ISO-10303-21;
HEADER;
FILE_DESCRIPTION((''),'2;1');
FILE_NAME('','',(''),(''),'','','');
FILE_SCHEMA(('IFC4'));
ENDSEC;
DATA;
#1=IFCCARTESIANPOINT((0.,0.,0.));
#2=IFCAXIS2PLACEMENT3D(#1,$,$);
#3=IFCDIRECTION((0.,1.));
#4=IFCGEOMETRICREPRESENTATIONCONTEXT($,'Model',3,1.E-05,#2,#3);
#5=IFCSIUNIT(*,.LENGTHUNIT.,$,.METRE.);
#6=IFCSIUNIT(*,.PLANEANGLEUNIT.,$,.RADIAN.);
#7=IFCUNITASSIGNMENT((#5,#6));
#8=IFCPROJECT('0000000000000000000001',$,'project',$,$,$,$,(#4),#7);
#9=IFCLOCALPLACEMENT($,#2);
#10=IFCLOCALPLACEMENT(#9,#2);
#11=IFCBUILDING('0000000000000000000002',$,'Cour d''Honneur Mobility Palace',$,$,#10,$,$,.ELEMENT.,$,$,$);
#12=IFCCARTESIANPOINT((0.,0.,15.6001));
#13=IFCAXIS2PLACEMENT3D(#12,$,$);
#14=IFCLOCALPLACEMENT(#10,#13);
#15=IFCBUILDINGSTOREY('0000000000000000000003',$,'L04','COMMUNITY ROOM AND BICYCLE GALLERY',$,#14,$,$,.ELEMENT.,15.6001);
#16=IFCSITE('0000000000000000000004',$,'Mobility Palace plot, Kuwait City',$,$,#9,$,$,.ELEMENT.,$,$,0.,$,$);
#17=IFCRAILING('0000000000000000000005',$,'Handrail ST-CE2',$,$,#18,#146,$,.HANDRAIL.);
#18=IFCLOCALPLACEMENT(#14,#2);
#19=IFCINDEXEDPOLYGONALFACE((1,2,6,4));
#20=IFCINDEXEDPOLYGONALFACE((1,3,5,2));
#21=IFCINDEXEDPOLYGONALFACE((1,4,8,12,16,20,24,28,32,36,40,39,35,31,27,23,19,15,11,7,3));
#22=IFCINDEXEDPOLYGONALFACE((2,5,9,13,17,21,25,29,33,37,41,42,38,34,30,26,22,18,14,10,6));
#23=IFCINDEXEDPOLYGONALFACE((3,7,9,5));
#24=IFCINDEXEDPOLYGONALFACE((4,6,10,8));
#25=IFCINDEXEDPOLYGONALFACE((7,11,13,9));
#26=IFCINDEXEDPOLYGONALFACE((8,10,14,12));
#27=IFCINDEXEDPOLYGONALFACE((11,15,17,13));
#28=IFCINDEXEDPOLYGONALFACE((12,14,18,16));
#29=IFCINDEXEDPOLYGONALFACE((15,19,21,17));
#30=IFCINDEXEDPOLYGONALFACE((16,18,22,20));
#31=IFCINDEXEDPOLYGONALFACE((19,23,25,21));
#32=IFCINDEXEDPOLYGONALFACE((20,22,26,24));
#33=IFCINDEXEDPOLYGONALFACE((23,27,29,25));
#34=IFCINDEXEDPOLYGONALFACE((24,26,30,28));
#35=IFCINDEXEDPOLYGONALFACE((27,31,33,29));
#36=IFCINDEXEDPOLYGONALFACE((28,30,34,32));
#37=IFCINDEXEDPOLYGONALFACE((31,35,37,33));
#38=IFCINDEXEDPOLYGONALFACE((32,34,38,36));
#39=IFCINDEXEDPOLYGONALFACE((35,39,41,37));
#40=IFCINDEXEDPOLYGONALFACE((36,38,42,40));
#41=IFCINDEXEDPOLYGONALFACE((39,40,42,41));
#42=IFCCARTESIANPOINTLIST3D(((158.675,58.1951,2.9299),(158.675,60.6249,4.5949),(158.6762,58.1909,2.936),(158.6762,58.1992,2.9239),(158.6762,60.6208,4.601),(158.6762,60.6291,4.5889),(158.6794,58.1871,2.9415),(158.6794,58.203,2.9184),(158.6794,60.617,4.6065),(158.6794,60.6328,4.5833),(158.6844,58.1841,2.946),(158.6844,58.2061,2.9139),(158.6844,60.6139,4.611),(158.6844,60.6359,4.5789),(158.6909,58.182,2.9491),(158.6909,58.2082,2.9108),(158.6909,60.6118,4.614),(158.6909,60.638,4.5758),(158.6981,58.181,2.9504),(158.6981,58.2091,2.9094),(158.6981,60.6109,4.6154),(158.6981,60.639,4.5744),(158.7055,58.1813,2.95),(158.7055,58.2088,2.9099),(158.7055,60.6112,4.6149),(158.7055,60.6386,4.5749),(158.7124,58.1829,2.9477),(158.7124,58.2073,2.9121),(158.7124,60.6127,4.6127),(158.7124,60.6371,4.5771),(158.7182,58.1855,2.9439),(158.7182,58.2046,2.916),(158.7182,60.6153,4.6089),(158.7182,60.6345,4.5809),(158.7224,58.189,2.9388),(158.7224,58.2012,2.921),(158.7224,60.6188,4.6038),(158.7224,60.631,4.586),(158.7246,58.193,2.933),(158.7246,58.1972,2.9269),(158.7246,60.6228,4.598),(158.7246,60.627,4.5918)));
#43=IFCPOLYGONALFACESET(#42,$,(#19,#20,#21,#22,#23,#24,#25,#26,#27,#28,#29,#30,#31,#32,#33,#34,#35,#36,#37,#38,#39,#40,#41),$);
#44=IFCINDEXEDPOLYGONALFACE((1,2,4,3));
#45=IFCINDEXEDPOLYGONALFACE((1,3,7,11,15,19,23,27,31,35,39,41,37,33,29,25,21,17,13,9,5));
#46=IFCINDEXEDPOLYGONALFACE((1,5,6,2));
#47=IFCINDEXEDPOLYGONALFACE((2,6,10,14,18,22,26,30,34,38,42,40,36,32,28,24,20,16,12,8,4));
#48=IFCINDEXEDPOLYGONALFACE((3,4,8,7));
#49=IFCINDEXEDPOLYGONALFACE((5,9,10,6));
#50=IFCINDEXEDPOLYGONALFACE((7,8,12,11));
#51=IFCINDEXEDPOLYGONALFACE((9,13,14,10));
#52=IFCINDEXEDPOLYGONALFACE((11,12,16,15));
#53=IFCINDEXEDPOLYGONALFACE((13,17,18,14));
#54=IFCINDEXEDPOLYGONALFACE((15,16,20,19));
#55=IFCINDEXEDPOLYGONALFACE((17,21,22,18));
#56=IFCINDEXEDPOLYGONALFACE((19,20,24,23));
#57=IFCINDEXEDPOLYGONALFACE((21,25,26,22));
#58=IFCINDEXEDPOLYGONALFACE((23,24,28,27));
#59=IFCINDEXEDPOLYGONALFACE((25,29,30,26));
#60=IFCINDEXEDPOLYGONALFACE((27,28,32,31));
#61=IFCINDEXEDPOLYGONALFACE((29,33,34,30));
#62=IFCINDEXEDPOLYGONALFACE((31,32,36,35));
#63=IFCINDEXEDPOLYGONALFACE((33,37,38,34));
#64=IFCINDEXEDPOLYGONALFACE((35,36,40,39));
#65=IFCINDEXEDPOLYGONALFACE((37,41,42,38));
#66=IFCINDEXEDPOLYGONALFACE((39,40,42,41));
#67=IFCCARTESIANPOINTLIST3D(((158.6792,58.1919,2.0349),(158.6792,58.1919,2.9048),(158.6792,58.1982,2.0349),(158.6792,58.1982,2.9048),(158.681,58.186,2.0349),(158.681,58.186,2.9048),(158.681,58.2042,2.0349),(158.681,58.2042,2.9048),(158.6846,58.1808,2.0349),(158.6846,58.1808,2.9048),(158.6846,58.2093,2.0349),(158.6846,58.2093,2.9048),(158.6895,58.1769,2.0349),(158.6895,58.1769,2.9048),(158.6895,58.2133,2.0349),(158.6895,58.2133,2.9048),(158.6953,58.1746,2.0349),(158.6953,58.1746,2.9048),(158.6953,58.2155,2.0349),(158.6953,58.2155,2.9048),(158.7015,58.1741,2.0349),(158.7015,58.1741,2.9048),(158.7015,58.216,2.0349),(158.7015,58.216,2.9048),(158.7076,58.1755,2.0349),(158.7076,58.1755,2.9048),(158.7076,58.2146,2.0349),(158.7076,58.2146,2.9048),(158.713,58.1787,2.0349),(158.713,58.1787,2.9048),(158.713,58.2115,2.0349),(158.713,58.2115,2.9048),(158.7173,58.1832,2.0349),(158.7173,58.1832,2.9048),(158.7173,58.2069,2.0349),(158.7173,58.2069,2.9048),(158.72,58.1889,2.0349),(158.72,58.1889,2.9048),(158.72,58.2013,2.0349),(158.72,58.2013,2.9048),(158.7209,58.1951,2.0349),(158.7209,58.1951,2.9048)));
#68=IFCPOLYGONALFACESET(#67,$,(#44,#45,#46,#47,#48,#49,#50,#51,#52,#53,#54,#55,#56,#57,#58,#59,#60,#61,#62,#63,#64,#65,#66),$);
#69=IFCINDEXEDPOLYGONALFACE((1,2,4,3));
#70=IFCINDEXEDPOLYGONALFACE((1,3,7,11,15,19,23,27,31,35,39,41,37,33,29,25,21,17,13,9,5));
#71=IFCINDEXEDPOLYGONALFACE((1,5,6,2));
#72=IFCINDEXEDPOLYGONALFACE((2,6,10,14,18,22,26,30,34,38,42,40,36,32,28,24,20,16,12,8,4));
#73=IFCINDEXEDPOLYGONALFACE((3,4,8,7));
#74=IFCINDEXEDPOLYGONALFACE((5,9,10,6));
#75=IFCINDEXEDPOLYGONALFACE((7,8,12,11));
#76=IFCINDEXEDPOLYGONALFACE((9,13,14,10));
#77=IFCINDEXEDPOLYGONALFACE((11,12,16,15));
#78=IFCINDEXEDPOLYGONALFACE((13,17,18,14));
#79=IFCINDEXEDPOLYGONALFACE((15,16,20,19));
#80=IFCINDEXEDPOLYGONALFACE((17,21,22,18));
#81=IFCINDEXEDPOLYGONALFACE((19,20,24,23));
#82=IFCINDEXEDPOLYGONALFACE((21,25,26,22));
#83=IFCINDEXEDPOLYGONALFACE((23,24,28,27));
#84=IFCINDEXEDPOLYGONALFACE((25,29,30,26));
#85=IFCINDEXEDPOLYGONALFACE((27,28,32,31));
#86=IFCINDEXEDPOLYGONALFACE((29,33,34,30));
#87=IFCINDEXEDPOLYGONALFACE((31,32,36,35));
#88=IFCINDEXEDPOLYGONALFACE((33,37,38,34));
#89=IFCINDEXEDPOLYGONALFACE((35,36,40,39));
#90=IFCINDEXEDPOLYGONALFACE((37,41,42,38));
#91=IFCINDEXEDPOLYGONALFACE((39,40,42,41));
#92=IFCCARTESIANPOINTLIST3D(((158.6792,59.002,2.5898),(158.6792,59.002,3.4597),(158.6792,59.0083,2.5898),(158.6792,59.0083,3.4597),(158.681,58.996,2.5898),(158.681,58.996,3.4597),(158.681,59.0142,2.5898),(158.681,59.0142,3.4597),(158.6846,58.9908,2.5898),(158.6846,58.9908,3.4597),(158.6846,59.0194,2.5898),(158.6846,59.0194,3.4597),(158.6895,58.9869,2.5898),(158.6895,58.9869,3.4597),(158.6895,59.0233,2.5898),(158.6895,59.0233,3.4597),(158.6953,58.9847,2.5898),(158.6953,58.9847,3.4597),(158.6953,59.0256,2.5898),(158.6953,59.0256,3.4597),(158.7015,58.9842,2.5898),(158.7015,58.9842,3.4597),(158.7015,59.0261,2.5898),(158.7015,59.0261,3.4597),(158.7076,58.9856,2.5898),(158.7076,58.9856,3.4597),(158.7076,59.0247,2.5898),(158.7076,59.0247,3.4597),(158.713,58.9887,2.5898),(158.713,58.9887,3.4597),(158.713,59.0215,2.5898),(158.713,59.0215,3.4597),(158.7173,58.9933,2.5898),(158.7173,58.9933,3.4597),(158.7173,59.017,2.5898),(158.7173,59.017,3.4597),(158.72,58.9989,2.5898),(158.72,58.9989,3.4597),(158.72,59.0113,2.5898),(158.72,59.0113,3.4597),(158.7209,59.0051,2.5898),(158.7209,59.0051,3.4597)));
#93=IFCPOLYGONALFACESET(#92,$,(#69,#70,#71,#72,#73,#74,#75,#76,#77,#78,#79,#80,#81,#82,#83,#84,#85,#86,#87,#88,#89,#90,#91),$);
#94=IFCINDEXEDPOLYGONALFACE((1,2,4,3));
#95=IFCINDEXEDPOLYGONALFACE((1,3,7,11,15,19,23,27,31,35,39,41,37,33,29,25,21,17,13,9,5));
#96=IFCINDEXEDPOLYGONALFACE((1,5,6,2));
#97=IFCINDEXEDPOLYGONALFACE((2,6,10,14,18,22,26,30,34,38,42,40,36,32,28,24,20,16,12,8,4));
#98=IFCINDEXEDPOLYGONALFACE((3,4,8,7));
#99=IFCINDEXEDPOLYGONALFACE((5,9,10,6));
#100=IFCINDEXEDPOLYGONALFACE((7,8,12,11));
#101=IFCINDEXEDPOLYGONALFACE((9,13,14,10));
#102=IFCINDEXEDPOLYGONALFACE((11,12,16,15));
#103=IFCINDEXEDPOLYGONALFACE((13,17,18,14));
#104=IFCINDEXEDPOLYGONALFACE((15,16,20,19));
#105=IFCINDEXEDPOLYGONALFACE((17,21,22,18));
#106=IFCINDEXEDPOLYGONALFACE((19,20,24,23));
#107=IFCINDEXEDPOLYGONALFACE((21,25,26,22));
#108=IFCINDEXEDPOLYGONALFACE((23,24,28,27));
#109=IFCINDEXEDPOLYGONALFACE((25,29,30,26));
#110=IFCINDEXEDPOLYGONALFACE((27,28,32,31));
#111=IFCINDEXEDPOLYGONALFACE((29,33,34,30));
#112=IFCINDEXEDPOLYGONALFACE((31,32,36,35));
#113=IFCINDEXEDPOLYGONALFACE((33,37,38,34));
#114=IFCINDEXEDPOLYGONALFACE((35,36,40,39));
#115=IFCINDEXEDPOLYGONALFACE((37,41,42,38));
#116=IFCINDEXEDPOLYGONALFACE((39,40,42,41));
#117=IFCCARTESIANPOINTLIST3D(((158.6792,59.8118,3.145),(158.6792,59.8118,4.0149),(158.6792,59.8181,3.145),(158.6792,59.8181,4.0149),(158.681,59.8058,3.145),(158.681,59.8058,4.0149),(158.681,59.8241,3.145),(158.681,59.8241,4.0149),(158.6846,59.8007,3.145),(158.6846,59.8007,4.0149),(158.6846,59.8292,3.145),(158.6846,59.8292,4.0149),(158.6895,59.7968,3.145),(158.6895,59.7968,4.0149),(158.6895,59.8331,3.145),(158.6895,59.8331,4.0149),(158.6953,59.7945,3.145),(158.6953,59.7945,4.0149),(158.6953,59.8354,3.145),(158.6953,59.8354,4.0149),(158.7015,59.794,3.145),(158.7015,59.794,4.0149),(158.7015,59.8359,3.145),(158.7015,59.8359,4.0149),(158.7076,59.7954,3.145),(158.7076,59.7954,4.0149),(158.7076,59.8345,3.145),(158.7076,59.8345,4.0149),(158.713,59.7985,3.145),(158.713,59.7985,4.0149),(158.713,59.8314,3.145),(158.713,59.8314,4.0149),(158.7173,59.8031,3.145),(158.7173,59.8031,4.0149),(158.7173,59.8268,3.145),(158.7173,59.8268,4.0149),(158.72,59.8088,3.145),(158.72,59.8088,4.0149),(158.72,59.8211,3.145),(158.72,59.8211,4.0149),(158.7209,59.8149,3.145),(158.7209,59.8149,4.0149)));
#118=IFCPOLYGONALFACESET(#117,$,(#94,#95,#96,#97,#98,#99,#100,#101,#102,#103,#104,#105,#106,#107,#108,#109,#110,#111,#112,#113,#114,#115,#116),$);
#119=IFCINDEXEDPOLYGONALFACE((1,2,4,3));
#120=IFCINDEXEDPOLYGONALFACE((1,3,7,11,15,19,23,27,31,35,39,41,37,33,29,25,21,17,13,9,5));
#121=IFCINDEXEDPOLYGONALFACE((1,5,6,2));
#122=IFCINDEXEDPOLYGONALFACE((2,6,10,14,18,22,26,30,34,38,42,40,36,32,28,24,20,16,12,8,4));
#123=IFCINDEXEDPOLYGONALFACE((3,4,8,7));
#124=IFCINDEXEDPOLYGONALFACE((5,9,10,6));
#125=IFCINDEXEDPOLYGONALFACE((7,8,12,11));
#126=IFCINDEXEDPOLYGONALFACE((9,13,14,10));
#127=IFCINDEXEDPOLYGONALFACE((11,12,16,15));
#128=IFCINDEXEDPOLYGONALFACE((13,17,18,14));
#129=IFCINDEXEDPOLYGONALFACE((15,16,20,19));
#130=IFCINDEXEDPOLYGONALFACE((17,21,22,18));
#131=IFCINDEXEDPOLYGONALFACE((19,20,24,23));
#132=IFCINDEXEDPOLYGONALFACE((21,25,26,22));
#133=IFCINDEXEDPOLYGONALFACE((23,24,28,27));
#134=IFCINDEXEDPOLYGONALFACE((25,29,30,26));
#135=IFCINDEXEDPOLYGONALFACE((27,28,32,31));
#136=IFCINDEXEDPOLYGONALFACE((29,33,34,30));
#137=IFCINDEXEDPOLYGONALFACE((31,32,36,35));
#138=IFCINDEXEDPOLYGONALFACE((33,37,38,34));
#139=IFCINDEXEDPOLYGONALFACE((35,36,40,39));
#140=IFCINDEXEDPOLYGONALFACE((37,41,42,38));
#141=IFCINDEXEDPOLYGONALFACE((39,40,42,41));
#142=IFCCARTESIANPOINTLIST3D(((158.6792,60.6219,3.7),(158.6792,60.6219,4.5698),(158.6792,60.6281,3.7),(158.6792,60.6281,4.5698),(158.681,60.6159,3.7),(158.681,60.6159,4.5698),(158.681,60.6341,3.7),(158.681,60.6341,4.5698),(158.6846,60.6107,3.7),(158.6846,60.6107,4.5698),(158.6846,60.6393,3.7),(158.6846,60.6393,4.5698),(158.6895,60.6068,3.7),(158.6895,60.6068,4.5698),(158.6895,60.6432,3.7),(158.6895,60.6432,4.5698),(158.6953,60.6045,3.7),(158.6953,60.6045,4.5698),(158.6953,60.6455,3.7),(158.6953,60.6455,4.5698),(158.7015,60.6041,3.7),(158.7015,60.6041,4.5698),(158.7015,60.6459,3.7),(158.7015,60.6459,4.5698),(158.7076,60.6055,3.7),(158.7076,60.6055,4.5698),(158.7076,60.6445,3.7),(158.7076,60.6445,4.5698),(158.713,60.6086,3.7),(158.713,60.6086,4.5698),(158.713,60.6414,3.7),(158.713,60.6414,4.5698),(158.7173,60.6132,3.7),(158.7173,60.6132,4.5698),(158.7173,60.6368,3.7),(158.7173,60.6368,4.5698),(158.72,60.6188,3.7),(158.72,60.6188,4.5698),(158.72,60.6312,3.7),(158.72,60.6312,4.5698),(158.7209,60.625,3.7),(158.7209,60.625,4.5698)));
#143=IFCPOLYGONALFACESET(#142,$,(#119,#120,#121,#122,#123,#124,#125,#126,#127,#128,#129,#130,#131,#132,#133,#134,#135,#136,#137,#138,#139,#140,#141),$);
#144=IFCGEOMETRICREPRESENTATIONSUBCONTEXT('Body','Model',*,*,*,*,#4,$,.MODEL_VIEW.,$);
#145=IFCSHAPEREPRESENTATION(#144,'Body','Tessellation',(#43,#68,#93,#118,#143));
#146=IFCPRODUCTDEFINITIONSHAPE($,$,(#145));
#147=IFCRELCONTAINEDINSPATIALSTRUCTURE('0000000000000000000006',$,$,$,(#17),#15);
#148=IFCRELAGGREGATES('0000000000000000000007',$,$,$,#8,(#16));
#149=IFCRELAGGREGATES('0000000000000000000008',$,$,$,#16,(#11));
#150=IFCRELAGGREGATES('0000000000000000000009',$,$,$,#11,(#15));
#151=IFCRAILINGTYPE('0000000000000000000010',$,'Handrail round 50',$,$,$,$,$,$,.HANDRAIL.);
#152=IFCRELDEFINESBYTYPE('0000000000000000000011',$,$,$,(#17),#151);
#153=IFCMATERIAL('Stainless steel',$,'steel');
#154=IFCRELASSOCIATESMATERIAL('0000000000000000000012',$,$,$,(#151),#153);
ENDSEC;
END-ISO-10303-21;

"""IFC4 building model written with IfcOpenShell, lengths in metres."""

from ifc_helpers import new_model, si_unit, direction, frame, origin, origin_2d, place, context, subcontext, project, spatial, circle, extrude, material, type_object, element, save


model = new_model("IFC4")

# Units and contexts
model_context = context("Model", 3, precision=1e-05, world=origin(), true_north=direction((0.0, 1.0)))
body_context = subcontext(model_context, "Body", "Model", "MODEL_VIEW")
ifc_project = project(units=[si_unit("LENGTHUNIT", "METRE"), si_unit("PLANEANGLEUNIT", "RADIAN")], contexts=[model_context])

# Site, building, storey
site_placement = place(None, origin())
site = spatial("IfcSite", under=ifc_project, at=site_placement, Name="Mobility Palace plot, Kuwait City", CompositionType="ELEMENT", RefElevation=0.0)
building_placement = place(site_placement, origin())
building = spatial("IfcBuilding", under=site, at=building_placement, Name="Cour d'Honneur Mobility Palace", CompositionType="ELEMENT")
storey_placement = place(building_placement, frame((0.0, 0.0, 15.6001)))
storey = spatial("IfcBuildingStorey", under=building, at=storey_placement, Name="L04", Description="COMMUNITY ROOM AND BICYCLE GALLERY", CompositionType="ELEMENT", Elevation=15.6001)

# Railing
ifc_material_1 = material(Name="Stainless steel", Category="steel")
railing_type_1 = type_object("IfcRailingType", Name="Handrail round 50", PredefinedType="HANDRAIL", material=ifc_material_1)
railing_1_placement = place(storey_placement, frame((158.7, 58.1951, 2.0349)))
element("IfcRailing", 1, at=railing_1_placement, inside=storey, type_object=railing_type_1, Name="Handrail ST-CE2", PredefinedType="HANDRAIL", context=body_context, shape_type="SweptSolid", body=[
    extrude(circle(Radius=0.0249, at=origin_2d()), frame((0.0, 0.0, 0.895), z_axis=(0.0, 0.824919, 0.565251), x_axis=(-1.0, 0.0, 0.0)), (0.0, 0.0, 1.0), 2.9456),
    extrude(circle(Radius=0.021, at=origin_2d()), origin(), (0.0, 0.0, 1.0), 0.8699),
    extrude(circle(Radius=0.021, at=origin_2d()), frame((0.0, 0.8101, 0.5549)), (0.0, 0.0, 1.0), 0.8699),
    extrude(circle(Radius=0.021, at=origin_2d()), frame((0.0, 1.6199, 1.1101)), (0.0, 0.0, 1.0), 0.8699),
    extrude(circle(Radius=0.021, at=origin_2d()), frame((0.0, 2.4299, 1.665)), (0.0, 0.0, 1.0), 0.8699),
])

save(model, "model.ifc")
